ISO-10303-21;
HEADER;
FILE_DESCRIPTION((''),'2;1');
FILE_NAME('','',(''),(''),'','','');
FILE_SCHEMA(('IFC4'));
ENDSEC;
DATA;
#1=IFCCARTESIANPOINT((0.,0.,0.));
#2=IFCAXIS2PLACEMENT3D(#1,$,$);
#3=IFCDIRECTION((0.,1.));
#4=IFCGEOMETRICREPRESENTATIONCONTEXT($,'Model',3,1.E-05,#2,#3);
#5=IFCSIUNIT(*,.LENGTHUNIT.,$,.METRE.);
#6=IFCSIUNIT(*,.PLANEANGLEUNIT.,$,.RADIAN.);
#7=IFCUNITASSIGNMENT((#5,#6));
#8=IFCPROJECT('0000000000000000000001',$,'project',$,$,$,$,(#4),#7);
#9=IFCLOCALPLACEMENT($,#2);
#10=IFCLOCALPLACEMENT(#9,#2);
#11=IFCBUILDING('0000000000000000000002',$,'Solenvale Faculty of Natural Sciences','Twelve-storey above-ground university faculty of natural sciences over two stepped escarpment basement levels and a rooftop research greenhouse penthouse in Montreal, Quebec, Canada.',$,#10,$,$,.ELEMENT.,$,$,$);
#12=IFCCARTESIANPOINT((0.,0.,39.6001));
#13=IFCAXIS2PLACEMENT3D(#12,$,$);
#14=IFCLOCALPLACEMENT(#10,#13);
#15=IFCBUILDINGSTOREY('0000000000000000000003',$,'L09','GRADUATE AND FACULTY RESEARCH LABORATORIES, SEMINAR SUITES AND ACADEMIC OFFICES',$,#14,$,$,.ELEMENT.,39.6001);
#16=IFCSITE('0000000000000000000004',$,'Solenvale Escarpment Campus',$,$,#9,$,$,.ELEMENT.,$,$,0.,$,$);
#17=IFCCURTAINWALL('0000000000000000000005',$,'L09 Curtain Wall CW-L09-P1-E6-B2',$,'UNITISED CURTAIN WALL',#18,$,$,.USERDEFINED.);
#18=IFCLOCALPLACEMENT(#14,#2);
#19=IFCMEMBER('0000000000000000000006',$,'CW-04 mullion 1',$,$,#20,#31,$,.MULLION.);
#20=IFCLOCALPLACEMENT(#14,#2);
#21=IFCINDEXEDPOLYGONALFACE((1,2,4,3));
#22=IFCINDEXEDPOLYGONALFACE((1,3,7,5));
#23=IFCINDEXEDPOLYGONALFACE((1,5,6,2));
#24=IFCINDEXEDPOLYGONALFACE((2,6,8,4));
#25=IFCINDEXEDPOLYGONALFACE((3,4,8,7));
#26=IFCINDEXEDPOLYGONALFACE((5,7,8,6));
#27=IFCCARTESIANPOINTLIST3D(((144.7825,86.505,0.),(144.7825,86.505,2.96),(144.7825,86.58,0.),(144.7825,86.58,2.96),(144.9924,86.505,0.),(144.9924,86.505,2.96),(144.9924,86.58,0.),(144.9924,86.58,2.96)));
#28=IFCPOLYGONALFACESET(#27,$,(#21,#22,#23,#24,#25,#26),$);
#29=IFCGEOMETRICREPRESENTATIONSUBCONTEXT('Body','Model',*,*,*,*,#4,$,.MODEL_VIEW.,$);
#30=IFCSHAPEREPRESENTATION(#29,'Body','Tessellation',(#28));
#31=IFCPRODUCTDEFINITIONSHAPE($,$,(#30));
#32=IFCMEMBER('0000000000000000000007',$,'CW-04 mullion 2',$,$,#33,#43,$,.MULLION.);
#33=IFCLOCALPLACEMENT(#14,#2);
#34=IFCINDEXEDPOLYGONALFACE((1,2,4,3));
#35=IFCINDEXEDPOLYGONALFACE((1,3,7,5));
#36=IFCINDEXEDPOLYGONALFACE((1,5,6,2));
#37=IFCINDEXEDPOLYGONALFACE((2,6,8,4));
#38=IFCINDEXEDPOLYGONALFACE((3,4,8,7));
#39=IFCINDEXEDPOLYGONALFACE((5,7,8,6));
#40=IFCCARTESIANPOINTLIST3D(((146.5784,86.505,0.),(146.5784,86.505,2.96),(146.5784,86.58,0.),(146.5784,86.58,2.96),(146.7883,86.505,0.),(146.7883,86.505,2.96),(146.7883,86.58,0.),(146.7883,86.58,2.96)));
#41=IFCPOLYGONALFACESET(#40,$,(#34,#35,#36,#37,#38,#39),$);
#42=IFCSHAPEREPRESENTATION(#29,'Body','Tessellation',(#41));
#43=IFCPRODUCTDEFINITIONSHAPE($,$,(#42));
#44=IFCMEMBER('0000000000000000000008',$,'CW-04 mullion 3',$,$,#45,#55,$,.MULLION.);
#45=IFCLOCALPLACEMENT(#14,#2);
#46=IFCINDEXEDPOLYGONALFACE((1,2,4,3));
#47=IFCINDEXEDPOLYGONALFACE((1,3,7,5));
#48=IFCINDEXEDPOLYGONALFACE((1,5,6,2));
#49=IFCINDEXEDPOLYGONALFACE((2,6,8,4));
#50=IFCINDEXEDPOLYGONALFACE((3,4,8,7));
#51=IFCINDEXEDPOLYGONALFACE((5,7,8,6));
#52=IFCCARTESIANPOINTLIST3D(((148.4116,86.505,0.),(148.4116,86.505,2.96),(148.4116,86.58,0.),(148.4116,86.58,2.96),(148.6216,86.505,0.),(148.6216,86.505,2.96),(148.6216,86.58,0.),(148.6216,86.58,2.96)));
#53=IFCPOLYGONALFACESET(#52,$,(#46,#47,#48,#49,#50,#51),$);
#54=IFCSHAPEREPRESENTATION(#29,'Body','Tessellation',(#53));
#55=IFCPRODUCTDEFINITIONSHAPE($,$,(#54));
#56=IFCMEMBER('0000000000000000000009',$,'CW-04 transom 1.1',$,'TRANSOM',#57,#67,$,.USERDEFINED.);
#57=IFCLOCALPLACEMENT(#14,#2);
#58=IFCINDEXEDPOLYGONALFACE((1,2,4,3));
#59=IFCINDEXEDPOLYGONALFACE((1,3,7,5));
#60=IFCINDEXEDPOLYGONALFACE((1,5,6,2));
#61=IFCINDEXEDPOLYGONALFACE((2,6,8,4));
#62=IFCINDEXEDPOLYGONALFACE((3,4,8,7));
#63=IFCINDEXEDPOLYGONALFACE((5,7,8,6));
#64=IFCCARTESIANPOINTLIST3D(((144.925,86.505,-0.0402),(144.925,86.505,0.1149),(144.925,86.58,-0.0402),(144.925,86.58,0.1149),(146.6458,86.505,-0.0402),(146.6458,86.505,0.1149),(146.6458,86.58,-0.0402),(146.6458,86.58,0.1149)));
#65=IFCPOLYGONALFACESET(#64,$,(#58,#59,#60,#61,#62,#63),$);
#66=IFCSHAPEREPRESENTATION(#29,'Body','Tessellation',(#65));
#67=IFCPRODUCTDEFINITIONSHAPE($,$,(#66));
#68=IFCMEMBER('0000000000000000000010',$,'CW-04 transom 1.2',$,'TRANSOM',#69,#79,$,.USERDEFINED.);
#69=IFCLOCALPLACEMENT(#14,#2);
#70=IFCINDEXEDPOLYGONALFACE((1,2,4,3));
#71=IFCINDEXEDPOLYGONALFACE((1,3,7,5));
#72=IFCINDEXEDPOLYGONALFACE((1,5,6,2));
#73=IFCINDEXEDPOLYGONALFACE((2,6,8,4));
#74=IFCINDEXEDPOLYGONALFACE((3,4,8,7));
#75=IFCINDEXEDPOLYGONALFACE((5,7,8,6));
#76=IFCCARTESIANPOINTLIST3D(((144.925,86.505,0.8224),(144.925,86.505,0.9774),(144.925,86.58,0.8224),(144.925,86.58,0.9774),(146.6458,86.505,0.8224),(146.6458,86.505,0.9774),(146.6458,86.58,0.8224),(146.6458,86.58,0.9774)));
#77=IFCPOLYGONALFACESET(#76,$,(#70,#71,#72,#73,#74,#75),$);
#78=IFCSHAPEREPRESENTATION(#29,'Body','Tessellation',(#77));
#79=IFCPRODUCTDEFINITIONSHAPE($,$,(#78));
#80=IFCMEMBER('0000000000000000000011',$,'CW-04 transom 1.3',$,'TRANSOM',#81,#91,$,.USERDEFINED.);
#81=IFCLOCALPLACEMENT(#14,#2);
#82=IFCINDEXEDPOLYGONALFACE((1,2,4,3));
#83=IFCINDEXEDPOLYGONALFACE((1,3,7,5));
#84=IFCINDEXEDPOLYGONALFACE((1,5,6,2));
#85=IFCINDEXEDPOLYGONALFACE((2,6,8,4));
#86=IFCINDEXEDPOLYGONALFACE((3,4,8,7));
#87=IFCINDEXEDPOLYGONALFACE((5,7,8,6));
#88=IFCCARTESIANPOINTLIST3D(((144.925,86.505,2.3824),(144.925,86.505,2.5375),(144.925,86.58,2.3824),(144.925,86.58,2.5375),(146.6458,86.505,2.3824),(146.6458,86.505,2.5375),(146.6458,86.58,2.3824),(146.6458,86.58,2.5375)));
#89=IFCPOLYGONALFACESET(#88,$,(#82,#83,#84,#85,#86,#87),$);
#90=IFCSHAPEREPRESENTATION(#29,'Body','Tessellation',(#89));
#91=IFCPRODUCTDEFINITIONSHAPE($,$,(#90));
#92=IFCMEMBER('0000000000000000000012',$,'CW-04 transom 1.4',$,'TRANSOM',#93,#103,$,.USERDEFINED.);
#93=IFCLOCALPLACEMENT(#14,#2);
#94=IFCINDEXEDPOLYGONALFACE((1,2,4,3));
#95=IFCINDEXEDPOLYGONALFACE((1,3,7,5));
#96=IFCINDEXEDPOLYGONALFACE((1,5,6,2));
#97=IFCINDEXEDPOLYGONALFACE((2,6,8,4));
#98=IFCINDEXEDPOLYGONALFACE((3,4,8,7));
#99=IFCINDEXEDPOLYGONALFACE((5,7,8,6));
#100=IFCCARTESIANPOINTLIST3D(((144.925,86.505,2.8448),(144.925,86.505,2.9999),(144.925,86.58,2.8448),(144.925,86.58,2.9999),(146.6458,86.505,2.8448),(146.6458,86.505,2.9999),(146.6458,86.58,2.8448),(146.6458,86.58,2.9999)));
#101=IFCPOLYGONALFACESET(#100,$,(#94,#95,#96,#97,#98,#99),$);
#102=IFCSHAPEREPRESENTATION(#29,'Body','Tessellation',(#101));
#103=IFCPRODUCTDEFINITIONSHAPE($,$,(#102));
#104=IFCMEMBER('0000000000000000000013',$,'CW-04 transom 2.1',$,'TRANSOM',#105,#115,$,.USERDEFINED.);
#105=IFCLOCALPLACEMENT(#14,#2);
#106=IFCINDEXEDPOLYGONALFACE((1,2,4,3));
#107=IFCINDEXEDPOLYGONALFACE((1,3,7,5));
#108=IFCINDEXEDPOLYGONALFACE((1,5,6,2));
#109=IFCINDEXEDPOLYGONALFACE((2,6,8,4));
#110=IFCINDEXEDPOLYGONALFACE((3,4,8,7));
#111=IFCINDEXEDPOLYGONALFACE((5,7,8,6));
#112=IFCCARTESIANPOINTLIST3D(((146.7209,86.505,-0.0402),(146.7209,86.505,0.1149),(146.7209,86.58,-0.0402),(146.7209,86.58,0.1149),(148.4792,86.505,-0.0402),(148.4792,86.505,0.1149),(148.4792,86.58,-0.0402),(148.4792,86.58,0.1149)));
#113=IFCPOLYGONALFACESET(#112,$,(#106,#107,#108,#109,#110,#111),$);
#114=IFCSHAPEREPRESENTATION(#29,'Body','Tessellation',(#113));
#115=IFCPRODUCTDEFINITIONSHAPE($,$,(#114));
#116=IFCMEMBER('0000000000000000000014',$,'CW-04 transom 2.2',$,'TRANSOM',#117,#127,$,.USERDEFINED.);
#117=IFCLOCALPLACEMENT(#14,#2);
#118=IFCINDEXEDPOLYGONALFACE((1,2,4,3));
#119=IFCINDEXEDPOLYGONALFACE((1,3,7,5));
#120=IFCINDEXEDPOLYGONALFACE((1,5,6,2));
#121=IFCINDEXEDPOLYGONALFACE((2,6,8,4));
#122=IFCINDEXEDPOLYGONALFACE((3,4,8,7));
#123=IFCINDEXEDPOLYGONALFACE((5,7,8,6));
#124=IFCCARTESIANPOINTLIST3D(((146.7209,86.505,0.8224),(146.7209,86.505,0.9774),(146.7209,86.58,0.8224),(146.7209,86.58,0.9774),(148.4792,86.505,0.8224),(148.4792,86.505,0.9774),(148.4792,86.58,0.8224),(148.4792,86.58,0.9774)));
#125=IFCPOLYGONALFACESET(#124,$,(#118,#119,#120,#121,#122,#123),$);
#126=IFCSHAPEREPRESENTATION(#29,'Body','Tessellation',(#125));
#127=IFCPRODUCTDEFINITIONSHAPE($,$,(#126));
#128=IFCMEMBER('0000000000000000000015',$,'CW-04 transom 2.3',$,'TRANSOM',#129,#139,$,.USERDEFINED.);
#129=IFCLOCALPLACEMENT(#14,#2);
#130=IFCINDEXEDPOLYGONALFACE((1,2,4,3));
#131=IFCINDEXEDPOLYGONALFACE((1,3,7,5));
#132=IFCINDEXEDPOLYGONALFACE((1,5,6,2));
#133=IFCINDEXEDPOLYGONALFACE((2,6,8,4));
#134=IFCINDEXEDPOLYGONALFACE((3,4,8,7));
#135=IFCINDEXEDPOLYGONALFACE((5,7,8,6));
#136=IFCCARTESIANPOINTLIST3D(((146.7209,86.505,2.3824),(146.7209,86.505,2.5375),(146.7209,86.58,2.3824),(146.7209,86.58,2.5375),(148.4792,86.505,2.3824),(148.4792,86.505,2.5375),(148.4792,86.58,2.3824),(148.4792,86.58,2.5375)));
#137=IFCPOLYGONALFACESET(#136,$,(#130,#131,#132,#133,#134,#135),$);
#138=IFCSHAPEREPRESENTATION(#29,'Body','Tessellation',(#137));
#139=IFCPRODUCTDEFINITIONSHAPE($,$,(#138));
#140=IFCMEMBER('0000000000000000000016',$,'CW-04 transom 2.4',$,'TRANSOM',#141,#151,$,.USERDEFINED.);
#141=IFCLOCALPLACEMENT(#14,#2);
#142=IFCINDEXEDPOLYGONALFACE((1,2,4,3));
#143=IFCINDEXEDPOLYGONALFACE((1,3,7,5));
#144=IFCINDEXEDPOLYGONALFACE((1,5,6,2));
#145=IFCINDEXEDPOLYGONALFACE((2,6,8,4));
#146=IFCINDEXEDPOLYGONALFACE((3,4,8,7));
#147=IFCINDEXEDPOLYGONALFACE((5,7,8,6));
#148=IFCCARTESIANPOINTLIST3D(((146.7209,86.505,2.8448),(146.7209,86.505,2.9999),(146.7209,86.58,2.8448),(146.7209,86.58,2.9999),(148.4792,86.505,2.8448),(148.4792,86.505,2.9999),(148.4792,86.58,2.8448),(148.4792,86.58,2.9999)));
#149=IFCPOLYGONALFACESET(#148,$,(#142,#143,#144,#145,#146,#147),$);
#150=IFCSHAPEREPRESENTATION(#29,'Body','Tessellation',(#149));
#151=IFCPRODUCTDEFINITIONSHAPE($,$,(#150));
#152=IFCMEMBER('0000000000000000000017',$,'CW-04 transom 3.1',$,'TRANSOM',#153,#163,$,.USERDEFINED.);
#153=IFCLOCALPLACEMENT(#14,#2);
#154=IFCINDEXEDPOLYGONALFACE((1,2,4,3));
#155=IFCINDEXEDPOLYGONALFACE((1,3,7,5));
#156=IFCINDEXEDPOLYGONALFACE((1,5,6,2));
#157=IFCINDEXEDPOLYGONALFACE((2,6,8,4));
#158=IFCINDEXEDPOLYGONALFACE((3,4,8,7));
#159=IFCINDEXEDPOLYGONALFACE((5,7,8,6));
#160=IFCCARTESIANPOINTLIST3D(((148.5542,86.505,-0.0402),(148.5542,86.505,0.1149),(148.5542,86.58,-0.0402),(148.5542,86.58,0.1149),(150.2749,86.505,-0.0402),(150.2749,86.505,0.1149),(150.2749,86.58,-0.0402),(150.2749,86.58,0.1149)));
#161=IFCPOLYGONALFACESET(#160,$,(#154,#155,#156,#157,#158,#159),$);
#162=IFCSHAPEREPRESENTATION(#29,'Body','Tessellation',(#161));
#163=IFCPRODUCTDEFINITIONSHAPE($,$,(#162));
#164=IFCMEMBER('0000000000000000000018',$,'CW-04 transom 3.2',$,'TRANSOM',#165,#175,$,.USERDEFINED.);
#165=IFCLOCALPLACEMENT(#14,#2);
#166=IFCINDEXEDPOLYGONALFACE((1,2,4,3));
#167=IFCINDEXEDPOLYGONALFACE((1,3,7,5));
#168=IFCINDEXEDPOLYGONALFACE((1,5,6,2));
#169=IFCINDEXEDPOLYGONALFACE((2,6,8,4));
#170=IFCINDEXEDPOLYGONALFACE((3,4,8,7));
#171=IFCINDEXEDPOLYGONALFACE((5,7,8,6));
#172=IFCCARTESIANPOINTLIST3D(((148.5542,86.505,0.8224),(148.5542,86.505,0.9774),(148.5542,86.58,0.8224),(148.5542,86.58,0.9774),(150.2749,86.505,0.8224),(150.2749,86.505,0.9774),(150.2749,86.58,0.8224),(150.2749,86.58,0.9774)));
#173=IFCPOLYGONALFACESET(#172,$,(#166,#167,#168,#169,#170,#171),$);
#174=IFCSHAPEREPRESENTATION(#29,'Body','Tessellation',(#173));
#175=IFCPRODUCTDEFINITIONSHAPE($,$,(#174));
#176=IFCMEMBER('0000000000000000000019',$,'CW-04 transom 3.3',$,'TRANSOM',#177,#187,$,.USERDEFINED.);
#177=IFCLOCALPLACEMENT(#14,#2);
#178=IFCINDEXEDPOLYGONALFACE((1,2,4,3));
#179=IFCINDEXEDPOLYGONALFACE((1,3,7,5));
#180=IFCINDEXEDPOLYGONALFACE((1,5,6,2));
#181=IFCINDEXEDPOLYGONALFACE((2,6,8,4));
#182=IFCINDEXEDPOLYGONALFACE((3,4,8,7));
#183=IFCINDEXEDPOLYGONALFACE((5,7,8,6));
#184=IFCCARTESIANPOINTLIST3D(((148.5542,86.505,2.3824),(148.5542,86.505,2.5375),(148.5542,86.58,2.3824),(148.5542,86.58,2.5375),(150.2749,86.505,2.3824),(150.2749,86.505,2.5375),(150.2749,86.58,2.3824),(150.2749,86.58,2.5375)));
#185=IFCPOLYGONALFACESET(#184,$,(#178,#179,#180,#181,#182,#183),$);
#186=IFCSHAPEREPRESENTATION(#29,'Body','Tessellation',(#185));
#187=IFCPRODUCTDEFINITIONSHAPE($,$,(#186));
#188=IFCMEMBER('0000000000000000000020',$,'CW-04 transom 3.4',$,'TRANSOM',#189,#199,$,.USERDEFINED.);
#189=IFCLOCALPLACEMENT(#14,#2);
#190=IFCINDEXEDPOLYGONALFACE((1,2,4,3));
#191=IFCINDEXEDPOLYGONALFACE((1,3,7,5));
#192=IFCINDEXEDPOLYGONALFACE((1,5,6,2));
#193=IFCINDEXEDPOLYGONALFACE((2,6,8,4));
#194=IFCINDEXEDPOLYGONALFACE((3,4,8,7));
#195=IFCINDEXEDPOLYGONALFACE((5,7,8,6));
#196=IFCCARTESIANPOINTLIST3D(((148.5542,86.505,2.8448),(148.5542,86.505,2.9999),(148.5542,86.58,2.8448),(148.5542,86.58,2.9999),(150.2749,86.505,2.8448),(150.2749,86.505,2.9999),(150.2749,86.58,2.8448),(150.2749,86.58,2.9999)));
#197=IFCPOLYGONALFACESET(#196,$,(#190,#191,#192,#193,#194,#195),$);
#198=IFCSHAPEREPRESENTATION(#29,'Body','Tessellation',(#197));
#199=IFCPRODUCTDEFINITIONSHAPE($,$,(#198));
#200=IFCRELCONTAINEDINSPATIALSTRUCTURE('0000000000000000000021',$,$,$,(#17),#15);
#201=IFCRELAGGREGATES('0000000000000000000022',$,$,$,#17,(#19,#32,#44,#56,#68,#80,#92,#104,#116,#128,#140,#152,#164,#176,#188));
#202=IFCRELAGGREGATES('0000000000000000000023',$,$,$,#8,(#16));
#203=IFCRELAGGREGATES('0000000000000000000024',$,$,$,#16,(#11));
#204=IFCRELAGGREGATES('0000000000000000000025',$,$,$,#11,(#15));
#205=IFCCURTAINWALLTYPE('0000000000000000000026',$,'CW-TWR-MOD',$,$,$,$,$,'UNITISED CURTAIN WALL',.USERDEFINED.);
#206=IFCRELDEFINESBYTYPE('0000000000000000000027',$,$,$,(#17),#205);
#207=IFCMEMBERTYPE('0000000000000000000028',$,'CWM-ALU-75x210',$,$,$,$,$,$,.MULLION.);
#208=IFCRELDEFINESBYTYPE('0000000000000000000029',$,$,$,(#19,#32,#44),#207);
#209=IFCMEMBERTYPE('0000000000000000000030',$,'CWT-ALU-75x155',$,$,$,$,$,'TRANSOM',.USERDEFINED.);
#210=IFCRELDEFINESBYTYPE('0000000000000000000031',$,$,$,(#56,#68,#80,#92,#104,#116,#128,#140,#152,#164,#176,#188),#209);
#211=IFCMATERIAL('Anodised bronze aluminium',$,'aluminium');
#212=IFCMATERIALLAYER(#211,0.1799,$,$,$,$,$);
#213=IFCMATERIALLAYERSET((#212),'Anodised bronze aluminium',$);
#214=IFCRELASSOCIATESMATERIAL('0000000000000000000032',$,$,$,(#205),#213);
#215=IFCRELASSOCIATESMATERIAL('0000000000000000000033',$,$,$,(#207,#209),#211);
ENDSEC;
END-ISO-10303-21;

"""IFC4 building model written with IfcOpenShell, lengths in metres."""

from ifc_helpers import new_model, si_unit, direction, frame, origin, origin_2d, place, context, subcontext, project, spatial, rectangle, extrude, material, layer, layer_set, material_profile, profile_set, type_object, element, aggregate, save


model = new_model("IFC4")

# Units and contexts
model_context = context("Model", 3, precision=1e-05, world=origin(), true_north=direction((0.0, 1.0)))
body_context = subcontext(model_context, "Body", "Model", "MODEL_VIEW")
ifc_project = project(units=[si_unit("LENGTHUNIT", "METRE"), si_unit("PLANEANGLEUNIT", "RADIAN")], contexts=[model_context])

# Site, building, storey
site_placement = place(None, origin())
site = spatial("IfcSite", under=ifc_project, at=site_placement, Name="Solenvale Escarpment Campus", CompositionType="ELEMENT", RefElevation=0.0)
building_placement = place(site_placement, origin())
building = spatial("IfcBuilding", under=site, at=building_placement, Name="Solenvale Faculty of Natural Sciences", Description="Twelve-storey above-ground university faculty of natural sciences over two stepped escarpment basement levels and a rooftop research greenhouse penthouse in Montreal, Quebec, Canada.", CompositionType="ELEMENT")
storey_placement = place(building_placement, frame((0.0, 0.0, 39.6001)))
storey = spatial("IfcBuildingStorey", under=building, at=storey_placement, Name="L09", Description="GRADUATE AND FACULTY RESEARCH LABORATORIES, SEMINAR SUITES AND ACADEMIC OFFICES", CompositionType="ELEMENT", Elevation=39.6001)

# Curtain wall, members
ifc_material_1 = material(Name="Anodised bronze aluminium", Category="aluminium")
ifc_layer_1 = layer(ifc_material_1, 0.1799)
ifc_layer_set_1 = layer_set([ifc_layer_1], Name="Anodised bronze aluminium")
curtain_wall_type = type_object("IfcCurtainWallType", Name="CW-TWR-MOD", ElementType="UNITISED CURTAIN WALL", PredefinedType="USERDEFINED", material=ifc_layer_set_1)
curtain_wall_placement = place(storey_placement, origin())
curtain_wall = element("IfcCurtainWall", 1, at=curtain_wall_placement, inside=storey, type_object=curtain_wall_type, Name="L09 Curtain Wall CW-L09-P1-E6-B2", ObjectType="UNITISED CURTAIN WALL", PredefinedType="USERDEFINED")
ifc_material_profile_1 = material_profile(ifc_material_1, rectangle(XDim=0.075, YDim=0.21, at=origin_2d()), Name="ALU-MUL-75x210")
ifc_profile_set_1 = profile_set([ifc_material_profile_1], Name="Anodised bronze aluminium")
member_type_1 = type_object("IfcMemberType", Name="CWM-ALU-75x210", PredefinedType="MULLION", material=ifc_profile_set_1)
member_1_placement = place(storey_placement, frame((144.8875, 86.5425, 0.0), z_axis=(0.0, 0.0, 1.0), x_axis=(0.0, 1.0, 0.0)))
member_1 = element("IfcMember", 2, at=member_1_placement, type_object=member_type_1, Name="CW-04 mullion 1", PredefinedType="MULLION", context=body_context, shape_type="SweptSolid", body=[
    extrude(rectangle(XDim=0.075, YDim=0.21, at=origin_2d()), origin(), (0.0, 0.0, 1.0), 2.96),
])
member_2_placement = place(storey_placement, frame((146.6833, 86.5425, 0.0), z_axis=(0.0, 0.0, 1.0), x_axis=(0.0, 1.0, 0.0)))
member_2 = element("IfcMember", 3, at=member_2_placement, type_object=member_type_1, Name="CW-04 mullion 2", PredefinedType="MULLION", context=body_context, shape_type="SweptSolid", body=[
    extrude(rectangle(XDim=0.075, YDim=0.21, at=origin_2d()), origin(), (0.0, 0.0, 1.0), 2.96),
])
member_3_placement = place(storey_placement, frame((148.5166, 86.5425, 0.0), z_axis=(0.0, 0.0, 1.0), x_axis=(0.0, 1.0, 0.0)))
member_3 = element("IfcMember", 4, at=member_3_placement, type_object=member_type_1, Name="CW-04 mullion 3", PredefinedType="MULLION", context=body_context, shape_type="SweptSolid", body=[
    extrude(rectangle(XDim=0.075, YDim=0.21, at=origin_2d()), origin(), (0.0, 0.0, 1.0), 2.96),
])
ifc_material_profile_2 = material_profile(ifc_material_1, rectangle(XDim=0.075, YDim=0.155, at=origin_2d()), Name="ALU-TRN-75x155")
ifc_profile_set_2 = profile_set([ifc_material_profile_2], Name="Anodised bronze aluminium")
member_type_2 = type_object("IfcMemberType", Name="CWT-ALU-75x155", ElementType="TRANSOM", PredefinedType="USERDEFINED", material=ifc_profile_set_2)
member_4_placement = place(storey_placement, frame((144.925, 86.5425, 0.0374), z_axis=(1.0, 0.0, 0.0), x_axis=(0.0, 1.0, 0.0)))
member_4 = element("IfcMember", 5, at=member_4_placement, type_object=member_type_2, Name="CW-04 transom 1.1", ObjectType="TRANSOM", PredefinedType="USERDEFINED", context=body_context, shape_type="SweptSolid", body=[
    extrude(rectangle(XDim=0.075, YDim=0.155, at=origin_2d()), origin(), (0.0, 0.0, 1.0), 1.7207),
])
member_5_placement = place(storey_placement, frame((144.925, 86.5425, 0.8999), z_axis=(1.0, 0.0, 0.0), x_axis=(0.0, 1.0, 0.0)))
member_5 = element("IfcMember", 6, at=member_5_placement, type_object=member_type_2, Name="CW-04 transom 1.2", ObjectType="TRANSOM", PredefinedType="USERDEFINED", context=body_context, shape_type="SweptSolid", body=[
    extrude(rectangle(XDim=0.075, YDim=0.155, at=origin_2d()), origin(), (0.0, 0.0, 1.0), 1.7207),
])
member_6_placement = place(storey_placement, frame((144.925, 86.5425, 2.46), z_axis=(1.0, 0.0, 0.0), x_axis=(0.0, 1.0, 0.0)))
member_6 = element("IfcMember", 7, at=member_6_placement, type_object=member_type_2, Name="CW-04 transom 1.3", ObjectType="TRANSOM", PredefinedType="USERDEFINED", context=body_context, shape_type="SweptSolid", body=[
    extrude(rectangle(XDim=0.075, YDim=0.155, at=origin_2d()), origin(), (0.0, 0.0, 1.0), 1.7207),
])
member_7_placement = place(storey_placement, frame((144.925, 86.5425, 2.9224), z_axis=(1.0, 0.0, 0.0), x_axis=(0.0, 1.0, 0.0)))
member_7 = element("IfcMember", 8, at=member_7_placement, type_object=member_type_2, Name="CW-04 transom 1.4", ObjectType="TRANSOM", PredefinedType="USERDEFINED", context=body_context, shape_type="SweptSolid", body=[
    extrude(rectangle(XDim=0.075, YDim=0.155, at=origin_2d()), origin(), (0.0, 0.0, 1.0), 1.7207),
])
member_8_placement = place(storey_placement, frame((146.7209, 86.5425, 0.0374), z_axis=(1.0, 0.0, 0.0), x_axis=(0.0, 1.0, 0.0)))
member_8 = element("IfcMember", 9, at=member_8_placement, type_object=member_type_2, Name="CW-04 transom 2.1", ObjectType="TRANSOM", PredefinedType="USERDEFINED", context=body_context, shape_type="SweptSolid", body=[
    extrude(rectangle(XDim=0.075, YDim=0.155, at=origin_2d()), origin(), (0.0, 0.0, 1.0), 1.7583),
])
member_9_placement = place(storey_placement, frame((146.7209, 86.5425, 0.8999), z_axis=(1.0, 0.0, 0.0), x_axis=(0.0, 1.0, 0.0)))
member_9 = element("IfcMember", 10, at=member_9_placement, type_object=member_type_2, Name="CW-04 transom 2.2", ObjectType="TRANSOM", PredefinedType="USERDEFINED", context=body_context, shape_type="SweptSolid", body=[
    extrude(rectangle(XDim=0.075, YDim=0.155, at=origin_2d()), origin(), (0.0, 0.0, 1.0), 1.7583),
])
member_10_placement = place(storey_placement, frame((146.7209, 86.5425, 2.46), z_axis=(1.0, 0.0, 0.0), x_axis=(0.0, 1.0, 0.0)))
member_10 = element("IfcMember", 11, at=member_10_placement, type_object=member_type_2, Name="CW-04 transom 2.3", ObjectType="TRANSOM", PredefinedType="USERDEFINED", context=body_context, shape_type="SweptSolid", body=[
    extrude(rectangle(XDim=0.075, YDim=0.155, at=origin_2d()), origin(), (0.0, 0.0, 1.0), 1.7583),
])
member_11_placement = place(storey_placement, frame((146.7209, 86.5425, 2.9224), z_axis=(1.0, 0.0, 0.0), x_axis=(0.0, 1.0, 0.0)))
member_11 = element("IfcMember", 12, at=member_11_placement, type_object=member_type_2, Name="CW-04 transom 2.4", ObjectType="TRANSOM", PredefinedType="USERDEFINED", context=body_context, shape_type="SweptSolid", body=[
    extrude(rectangle(XDim=0.075, YDim=0.155, at=origin_2d()), origin(), (0.0, 0.0, 1.0), 1.7583),
])
member_12_placement = place(storey_placement, frame((148.5542, 86.5425, 0.0374), z_axis=(1.0, 0.0, 0.0), x_axis=(0.0, 1.0, 0.0)))
member_12 = element("IfcMember", 13, at=member_12_placement, type_object=member_type_2, Name="CW-04 transom 3.1", ObjectType="TRANSOM", PredefinedType="USERDEFINED", context=body_context, shape_type="SweptSolid", body=[
    extrude(rectangle(XDim=0.075, YDim=0.155, at=origin_2d()), origin(), (0.0, 0.0, 1.0), 1.7207),
])
member_13_placement = place(storey_placement, frame((148.5542, 86.5425, 0.8999), z_axis=(1.0, 0.0, 0.0), x_axis=(0.0, 1.0, 0.0)))
member_13 = element("IfcMember", 14, at=member_13_placement, type_object=member_type_2, Name="CW-04 transom 3.2", ObjectType="TRANSOM", PredefinedType="USERDEFINED", context=body_context, shape_type="SweptSolid", body=[
    extrude(rectangle(XDim=0.075, YDim=0.155, at=origin_2d()), origin(), (0.0, 0.0, 1.0), 1.7207),
])
member_14_placement = place(storey_placement, frame((148.5542, 86.5425, 2.46), z_axis=(1.0, 0.0, 0.0), x_axis=(0.0, 1.0, 0.0)))
member_14 = element("IfcMember", 15, at=member_14_placement, type_object=member_type_2, Name="CW-04 transom 3.3", ObjectType="TRANSOM", PredefinedType="USERDEFINED", context=body_context, shape_type="SweptSolid", body=[
    extrude(rectangle(XDim=0.075, YDim=0.155, at=origin_2d()), origin(), (0.0, 0.0, 1.0), 1.7207),
])
member_15_placement = place(storey_placement, frame((148.5542, 86.5425, 2.9224), z_axis=(1.0, 0.0, 0.0), x_axis=(0.0, 1.0, 0.0)))
member_15 = element("IfcMember", 16, at=member_15_placement, type_object=member_type_2, Name="CW-04 transom 3.4", ObjectType="TRANSOM", PredefinedType="USERDEFINED", context=body_context, shape_type="SweptSolid", body=[
    extrude(rectangle(XDim=0.075, YDim=0.155, at=origin_2d()), origin(), (0.0, 0.0, 1.0), 1.7207),
])
aggregate(curtain_wall, [member_1, member_2, member_3, member_4, member_5, member_6, member_7, member_8, member_9, member_10, member_11, member_12, member_13, member_14, member_15])

save(model, "model.ifc")
